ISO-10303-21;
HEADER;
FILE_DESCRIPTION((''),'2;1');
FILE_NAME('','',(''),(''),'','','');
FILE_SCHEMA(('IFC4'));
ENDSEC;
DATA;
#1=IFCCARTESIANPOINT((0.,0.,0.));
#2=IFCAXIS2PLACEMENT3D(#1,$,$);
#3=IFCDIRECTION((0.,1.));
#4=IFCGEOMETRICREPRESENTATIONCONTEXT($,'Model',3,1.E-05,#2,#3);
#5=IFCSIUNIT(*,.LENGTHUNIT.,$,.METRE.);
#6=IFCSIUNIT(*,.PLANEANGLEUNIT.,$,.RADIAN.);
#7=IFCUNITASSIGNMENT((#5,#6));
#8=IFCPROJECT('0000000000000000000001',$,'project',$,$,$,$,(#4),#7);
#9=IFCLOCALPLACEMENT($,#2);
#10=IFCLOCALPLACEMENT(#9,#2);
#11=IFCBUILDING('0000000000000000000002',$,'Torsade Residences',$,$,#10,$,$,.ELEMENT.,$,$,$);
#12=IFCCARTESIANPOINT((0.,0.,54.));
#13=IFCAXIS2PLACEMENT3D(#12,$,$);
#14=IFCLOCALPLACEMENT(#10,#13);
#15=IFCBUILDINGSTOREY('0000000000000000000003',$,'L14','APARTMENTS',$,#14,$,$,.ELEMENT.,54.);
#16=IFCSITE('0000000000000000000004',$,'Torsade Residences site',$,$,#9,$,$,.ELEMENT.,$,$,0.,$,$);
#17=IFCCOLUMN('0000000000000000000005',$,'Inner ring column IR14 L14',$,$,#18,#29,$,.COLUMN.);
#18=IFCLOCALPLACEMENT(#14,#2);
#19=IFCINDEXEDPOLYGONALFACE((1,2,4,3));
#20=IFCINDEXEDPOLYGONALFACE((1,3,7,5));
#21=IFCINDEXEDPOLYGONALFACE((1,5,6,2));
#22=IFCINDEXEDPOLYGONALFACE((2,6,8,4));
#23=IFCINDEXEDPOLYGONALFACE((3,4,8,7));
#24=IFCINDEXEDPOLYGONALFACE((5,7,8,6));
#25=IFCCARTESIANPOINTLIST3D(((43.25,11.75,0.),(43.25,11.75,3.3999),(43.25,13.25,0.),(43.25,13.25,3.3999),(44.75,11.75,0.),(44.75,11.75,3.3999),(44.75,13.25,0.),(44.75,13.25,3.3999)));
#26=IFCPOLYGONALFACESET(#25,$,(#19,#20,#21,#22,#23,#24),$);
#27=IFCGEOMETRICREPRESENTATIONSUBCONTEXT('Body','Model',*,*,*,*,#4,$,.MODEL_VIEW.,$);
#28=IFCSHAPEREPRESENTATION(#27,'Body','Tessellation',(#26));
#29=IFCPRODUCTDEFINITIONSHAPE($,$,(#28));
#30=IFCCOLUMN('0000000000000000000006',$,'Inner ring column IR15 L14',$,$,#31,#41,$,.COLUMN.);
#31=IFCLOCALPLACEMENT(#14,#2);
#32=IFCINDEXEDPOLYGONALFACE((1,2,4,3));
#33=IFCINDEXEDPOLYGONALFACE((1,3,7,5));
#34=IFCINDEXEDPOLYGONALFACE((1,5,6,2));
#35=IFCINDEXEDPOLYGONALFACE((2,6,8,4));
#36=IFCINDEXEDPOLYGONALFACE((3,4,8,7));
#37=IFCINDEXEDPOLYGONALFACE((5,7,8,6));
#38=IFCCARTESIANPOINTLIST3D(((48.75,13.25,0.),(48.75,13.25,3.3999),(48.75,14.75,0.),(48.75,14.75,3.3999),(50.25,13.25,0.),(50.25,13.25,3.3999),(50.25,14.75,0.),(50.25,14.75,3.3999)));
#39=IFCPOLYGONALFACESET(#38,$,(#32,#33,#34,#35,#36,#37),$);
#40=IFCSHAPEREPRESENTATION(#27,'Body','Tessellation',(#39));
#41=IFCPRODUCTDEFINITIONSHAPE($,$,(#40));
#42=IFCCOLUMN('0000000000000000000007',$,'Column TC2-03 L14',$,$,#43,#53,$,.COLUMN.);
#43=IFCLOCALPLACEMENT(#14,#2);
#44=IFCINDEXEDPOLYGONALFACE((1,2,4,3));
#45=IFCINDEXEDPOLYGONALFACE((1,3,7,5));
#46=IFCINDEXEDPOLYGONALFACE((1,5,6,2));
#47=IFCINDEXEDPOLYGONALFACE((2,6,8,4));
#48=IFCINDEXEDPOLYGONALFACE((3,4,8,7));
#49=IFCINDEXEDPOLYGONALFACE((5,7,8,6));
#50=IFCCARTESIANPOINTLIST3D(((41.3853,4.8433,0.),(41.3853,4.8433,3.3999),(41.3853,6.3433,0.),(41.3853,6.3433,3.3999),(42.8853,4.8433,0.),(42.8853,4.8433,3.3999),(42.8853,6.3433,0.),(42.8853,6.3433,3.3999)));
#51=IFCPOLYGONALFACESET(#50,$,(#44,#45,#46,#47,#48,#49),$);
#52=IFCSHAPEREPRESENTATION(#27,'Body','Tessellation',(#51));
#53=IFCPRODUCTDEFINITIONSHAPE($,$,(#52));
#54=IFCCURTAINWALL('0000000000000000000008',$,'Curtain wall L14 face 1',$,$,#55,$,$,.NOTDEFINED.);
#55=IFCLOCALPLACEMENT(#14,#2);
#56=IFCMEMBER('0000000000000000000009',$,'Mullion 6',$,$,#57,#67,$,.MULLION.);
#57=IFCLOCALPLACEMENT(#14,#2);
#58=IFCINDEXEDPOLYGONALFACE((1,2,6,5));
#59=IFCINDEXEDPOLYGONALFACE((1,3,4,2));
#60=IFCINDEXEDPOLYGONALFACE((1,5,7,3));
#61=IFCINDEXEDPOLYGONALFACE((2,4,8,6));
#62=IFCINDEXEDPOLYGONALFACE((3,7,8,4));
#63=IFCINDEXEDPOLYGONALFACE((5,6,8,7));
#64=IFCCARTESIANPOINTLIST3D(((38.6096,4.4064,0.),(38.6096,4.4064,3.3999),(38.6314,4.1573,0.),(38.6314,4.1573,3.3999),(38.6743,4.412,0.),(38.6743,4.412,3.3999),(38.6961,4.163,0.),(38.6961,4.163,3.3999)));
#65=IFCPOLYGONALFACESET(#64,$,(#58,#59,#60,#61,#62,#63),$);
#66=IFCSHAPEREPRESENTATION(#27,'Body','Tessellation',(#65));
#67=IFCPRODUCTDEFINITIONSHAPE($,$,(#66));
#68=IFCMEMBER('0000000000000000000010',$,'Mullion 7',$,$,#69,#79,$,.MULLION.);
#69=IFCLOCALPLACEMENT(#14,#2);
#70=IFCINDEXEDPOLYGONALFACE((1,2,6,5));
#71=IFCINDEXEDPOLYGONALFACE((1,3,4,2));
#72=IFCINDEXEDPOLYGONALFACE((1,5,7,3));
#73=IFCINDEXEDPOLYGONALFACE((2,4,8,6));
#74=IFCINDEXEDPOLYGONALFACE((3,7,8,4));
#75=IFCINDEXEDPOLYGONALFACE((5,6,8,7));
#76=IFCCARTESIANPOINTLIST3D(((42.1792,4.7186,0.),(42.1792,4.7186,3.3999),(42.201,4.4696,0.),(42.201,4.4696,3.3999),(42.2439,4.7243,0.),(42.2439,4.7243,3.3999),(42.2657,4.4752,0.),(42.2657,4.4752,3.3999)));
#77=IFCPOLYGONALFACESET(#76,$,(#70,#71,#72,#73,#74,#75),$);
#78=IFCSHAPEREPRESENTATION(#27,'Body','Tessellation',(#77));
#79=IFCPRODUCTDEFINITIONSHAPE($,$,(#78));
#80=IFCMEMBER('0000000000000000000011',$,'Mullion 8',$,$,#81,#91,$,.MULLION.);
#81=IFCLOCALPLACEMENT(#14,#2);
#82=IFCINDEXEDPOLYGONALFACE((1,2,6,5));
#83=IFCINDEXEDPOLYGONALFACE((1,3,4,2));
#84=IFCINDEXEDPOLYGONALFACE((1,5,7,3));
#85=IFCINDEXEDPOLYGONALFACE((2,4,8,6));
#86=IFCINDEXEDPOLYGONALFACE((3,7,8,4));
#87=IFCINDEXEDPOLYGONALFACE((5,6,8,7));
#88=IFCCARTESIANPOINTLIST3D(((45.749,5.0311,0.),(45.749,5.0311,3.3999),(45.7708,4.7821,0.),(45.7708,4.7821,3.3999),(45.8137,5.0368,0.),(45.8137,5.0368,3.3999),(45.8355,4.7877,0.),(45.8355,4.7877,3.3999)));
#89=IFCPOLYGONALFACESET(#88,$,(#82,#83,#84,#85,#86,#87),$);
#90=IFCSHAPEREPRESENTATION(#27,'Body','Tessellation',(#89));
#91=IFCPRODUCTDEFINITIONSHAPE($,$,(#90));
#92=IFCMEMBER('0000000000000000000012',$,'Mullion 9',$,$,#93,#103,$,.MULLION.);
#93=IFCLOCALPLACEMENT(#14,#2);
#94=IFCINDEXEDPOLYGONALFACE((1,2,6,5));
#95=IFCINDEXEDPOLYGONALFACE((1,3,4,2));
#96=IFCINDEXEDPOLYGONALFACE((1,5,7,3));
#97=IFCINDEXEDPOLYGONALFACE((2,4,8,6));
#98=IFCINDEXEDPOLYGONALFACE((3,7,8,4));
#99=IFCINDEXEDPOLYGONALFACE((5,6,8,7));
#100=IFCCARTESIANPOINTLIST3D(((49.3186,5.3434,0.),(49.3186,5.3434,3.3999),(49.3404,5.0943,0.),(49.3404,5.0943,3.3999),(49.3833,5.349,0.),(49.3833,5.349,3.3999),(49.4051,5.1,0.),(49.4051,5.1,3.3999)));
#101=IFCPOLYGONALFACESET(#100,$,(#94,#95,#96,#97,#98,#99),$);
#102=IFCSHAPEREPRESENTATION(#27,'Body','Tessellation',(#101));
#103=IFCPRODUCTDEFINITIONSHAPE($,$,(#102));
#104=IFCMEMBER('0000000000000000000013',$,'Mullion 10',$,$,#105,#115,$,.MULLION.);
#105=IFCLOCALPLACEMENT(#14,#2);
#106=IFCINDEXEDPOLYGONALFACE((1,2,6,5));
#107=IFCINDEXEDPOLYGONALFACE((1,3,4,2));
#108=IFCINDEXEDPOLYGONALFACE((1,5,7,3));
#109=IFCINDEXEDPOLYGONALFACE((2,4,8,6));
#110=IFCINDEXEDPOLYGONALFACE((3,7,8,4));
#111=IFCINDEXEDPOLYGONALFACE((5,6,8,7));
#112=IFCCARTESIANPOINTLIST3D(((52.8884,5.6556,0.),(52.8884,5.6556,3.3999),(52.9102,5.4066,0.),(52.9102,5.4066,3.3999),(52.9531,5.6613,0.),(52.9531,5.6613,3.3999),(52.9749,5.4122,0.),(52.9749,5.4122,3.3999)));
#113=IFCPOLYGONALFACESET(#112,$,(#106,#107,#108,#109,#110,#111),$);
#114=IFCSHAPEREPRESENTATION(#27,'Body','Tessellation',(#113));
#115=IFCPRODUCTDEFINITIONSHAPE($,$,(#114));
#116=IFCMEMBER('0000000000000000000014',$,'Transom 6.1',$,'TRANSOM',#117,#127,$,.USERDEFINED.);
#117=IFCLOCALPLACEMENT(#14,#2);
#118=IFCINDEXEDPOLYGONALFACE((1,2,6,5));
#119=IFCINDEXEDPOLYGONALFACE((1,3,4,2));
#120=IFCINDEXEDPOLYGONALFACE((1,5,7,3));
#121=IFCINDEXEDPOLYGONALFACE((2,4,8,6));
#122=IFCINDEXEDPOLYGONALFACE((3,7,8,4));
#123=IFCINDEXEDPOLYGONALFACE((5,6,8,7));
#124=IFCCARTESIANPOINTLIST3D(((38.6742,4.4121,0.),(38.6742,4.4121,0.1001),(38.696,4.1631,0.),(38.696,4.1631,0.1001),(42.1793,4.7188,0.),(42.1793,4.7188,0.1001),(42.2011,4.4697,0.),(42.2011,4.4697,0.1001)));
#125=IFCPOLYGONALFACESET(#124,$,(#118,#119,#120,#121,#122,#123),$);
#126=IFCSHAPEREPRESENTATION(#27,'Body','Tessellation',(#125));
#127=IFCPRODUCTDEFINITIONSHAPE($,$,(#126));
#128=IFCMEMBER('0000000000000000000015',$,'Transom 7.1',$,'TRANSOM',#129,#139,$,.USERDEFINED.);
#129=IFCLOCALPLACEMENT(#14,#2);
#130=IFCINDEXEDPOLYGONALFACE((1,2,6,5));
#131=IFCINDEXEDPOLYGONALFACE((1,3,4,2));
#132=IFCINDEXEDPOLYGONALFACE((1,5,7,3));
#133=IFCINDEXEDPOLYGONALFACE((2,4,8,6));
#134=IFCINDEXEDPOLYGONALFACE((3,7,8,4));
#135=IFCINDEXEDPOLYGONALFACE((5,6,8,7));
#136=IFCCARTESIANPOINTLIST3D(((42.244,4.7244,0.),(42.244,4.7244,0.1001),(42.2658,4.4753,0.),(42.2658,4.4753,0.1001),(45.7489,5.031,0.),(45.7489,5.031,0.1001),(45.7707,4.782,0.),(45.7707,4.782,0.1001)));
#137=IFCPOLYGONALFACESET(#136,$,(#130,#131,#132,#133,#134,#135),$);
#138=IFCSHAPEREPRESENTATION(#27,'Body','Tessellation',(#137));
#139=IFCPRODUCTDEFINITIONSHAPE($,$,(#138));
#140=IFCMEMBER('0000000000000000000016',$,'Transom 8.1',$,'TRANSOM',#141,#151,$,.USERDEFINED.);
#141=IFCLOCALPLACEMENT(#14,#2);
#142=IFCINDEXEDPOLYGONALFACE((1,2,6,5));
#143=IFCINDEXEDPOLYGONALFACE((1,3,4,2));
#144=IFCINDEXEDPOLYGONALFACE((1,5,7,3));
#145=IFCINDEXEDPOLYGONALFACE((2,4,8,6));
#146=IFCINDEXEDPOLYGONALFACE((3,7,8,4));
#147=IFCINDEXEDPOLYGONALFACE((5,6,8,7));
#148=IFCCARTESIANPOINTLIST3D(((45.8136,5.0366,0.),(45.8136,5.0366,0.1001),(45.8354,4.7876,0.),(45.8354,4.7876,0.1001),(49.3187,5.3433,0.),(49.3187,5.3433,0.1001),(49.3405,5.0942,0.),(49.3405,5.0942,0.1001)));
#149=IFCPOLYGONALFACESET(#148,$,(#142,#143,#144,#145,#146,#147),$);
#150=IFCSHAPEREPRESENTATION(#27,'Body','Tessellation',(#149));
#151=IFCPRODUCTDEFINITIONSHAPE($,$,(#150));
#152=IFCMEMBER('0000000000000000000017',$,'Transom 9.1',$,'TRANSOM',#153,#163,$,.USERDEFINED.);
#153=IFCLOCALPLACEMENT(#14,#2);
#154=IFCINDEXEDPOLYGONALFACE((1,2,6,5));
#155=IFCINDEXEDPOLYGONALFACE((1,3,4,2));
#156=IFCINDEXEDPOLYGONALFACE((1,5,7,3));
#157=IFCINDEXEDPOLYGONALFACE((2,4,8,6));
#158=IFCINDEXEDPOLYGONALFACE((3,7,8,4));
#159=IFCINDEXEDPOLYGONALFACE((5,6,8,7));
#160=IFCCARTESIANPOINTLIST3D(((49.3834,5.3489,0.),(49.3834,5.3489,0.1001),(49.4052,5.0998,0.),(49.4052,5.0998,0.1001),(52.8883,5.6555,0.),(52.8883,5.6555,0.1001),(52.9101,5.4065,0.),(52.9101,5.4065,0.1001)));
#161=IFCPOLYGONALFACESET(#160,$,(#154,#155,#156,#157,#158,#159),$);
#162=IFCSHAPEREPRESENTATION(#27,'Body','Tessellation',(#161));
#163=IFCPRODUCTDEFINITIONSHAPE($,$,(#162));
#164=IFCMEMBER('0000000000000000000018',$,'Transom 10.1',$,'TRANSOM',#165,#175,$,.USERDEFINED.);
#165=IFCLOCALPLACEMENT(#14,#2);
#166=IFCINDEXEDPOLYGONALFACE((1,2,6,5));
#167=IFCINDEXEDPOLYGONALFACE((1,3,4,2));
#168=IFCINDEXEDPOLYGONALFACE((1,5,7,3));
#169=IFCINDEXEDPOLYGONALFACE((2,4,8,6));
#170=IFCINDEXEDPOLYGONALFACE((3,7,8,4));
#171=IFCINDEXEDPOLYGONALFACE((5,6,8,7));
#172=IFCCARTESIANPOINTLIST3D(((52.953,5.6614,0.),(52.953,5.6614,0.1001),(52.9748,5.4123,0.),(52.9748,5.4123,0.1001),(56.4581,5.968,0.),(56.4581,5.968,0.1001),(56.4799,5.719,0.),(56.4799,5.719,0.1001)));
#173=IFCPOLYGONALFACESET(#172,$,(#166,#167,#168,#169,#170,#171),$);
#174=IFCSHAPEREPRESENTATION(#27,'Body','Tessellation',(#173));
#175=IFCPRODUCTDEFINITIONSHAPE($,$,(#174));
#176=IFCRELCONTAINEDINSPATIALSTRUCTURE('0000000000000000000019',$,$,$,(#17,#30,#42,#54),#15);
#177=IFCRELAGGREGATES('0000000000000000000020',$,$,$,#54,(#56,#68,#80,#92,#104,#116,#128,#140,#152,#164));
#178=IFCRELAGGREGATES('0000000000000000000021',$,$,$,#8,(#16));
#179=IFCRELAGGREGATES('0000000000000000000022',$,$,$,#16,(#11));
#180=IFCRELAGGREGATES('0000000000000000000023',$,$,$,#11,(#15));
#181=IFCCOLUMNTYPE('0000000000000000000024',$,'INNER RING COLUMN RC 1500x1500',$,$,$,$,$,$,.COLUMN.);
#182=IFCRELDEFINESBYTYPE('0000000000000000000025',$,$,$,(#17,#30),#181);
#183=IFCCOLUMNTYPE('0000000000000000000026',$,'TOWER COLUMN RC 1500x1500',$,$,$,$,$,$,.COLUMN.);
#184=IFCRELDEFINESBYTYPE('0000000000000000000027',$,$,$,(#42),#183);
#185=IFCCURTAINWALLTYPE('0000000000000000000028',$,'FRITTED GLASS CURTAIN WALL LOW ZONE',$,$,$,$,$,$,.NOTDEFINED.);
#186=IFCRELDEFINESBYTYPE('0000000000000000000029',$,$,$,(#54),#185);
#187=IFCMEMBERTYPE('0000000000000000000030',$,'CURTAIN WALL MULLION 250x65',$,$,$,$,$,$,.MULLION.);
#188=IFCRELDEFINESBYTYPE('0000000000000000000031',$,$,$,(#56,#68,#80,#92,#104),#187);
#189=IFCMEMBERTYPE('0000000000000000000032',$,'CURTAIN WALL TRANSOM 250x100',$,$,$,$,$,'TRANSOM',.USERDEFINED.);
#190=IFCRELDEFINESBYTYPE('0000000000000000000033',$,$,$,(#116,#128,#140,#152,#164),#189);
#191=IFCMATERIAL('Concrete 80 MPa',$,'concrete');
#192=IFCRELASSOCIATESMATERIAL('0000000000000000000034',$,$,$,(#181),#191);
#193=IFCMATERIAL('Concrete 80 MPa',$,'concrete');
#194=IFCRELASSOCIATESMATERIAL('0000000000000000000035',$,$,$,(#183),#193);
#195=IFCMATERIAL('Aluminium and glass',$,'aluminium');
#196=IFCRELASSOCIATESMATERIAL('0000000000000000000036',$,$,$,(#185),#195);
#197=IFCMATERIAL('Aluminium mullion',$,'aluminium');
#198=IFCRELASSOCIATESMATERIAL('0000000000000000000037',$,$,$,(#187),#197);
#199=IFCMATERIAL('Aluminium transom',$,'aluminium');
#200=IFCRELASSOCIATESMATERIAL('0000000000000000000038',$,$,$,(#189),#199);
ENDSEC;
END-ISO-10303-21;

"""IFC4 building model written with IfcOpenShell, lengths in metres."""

from ifc_helpers import new_model, si_unit, direction, frame, origin, origin_2d, place, context, subcontext, project, spatial, rectangle, extrude, material, material_profile, profile_set, type_object, element, aggregate, save


model = new_model("IFC4")

# Units and contexts
model_context = context("Model", 3, precision=1e-05, world=origin(), true_north=direction((0.0, 1.0)))
body_context = subcontext(model_context, "Body", "Model", "MODEL_VIEW")
ifc_project = project(units=[si_unit("LENGTHUNIT", "METRE"), si_unit("PLANEANGLEUNIT", "RADIAN")], contexts=[model_context])

# Site, building, storey
site_placement = place(None, origin())
site = spatial("IfcSite", under=ifc_project, at=site_placement, Name="Torsade Residences site", CompositionType="ELEMENT", RefElevation=0.0)
building_placement = place(site_placement, origin())
building = spatial("IfcBuilding", under=site, at=building_placement, Name="Torsade Residences", CompositionType="ELEMENT")
storey_placement = place(building_placement, frame((0.0, 0.0, 54.0)))
storey = spatial("IfcBuildingStorey", under=building, at=storey_placement, Name="L14", Description="APARTMENTS", CompositionType="ELEMENT", Elevation=54.0)

# Columns
ifc_material_1 = material(Name="Concrete 80 MPa", Category="concrete")
ifc_material_profile_1 = material_profile(ifc_material_1, rectangle(XDim=1.5, YDim=1.5, at=origin_2d()), Name="RC 1500x1500")
ifc_profile_set_1 = profile_set([ifc_material_profile_1], Name="Concrete 80 MPa")
column_type_1 = type_object("IfcColumnType", Name="INNER RING COLUMN RC 1500x1500", PredefinedType="COLUMN", material=ifc_profile_set_1)
for number, where, z_axis, x_axis, name in (
    (1, (44.0, 12.5, 0.0), (0.0, 0.0, 1.0), (1.0, 0.0, 0.0), "Inner ring column IR14 L14"),
    (2, (49.5, 14.0, 0.0), (0.0, 0.0, 1.0), (1.0, 0.0, 0.0), "Inner ring column IR15 L14"),
):
    element("IfcColumn", number, at=place(storey_placement, frame(where, z_axis=z_axis, x_axis=x_axis)), inside=storey, type_object=column_type_1, Name=name, PredefinedType="COLUMN", context=body_context, shape_type="SweptSolid", body=[
        extrude(rectangle(XDim=1.5, YDim=1.5, at=origin_2d()), origin(), (0.0, 0.0, 1.0), 3.3999),
    ])
ifc_material_2 = material(Name="Concrete 80 MPa", Category="concrete")
ifc_material_profile_2 = material_profile(ifc_material_2, rectangle(XDim=1.5, YDim=1.5, at=origin_2d()), Name="RC 1500x1500")
ifc_profile_set_2 = profile_set([ifc_material_profile_2], Name="Concrete 80 MPa")
column_type_2 = type_object("IfcColumnType", Name="TOWER COLUMN RC 1500x1500", PredefinedType="COLUMN", material=ifc_profile_set_2)
column_placement = place(storey_placement, frame((42.1353, 5.5933, 0.0), z_axis=(0.0, 0.0, 1.0), x_axis=(1.0, 0.0, 0.0)))
element("IfcColumn", 3, at=column_placement, inside=storey, type_object=column_type_2, Name="Column TC2-03 L14", PredefinedType="COLUMN", context=body_context, shape_type="SweptSolid", body=[
    extrude(rectangle(XDim=1.5, YDim=1.5, at=origin_2d()), origin(), (0.0, 0.0, 1.0), 3.3999),
])

# Curtain wall, members
ifc_material_3 = material(Name="Aluminium and glass", Category="aluminium")
curtain_wall_type = type_object("IfcCurtainWallType", Name="FRITTED GLASS CURTAIN WALL LOW ZONE", PredefinedType="NOTDEFINED", material=ifc_material_3)
curtain_wall_placement = place(storey_placement, origin())
curtain_wall = element("IfcCurtainWall", 4, at=curtain_wall_placement, inside=storey, type_object=curtain_wall_type, Name="Curtain wall L14 face 1", PredefinedType="NOTDEFINED")
ifc_material_4 = material(Name="Aluminium mullion", Category="aluminium")
ifc_material_profile_3 = material_profile(ifc_material_4, rectangle(XDim=0.25, YDim=0.0649, at=origin_2d()), Name="CURTAIN WALL MULLION 250x65")
ifc_profile_set_3 = profile_set([ifc_material_profile_3], Name="Aluminium mullion")
member_type_1 = type_object("IfcMemberType", Name="CURTAIN WALL MULLION 250x65", PredefinedType="MULLION", material=ifc_profile_set_3)
member_1_placement = place(storey_placement, frame((38.6528, 4.2847, 0.0), z_axis=(0.0, 0.0, 1.0), x_axis=(-0.087156, 0.996195, 0.0)))
member_1 = element("IfcMember", 5, at=member_1_placement, type_object=member_type_1, Name="Mullion 6", PredefinedType="MULLION", context=body_context, shape_type="SweptSolid", body=[
    extrude(rectangle(XDim=0.25, YDim=0.0649, at=origin_2d()), origin(), (0.0, 0.0, 1.0), 3.3999),
])
member_2_placement = place(storey_placement, frame((42.2224, 4.5969, 0.0), z_axis=(0.0, 0.0, 1.0), x_axis=(-0.087156, 0.996195, 0.0)))
member_2 = element("IfcMember", 6, at=member_2_placement, type_object=member_type_1, Name="Mullion 7", PredefinedType="MULLION", context=body_context, shape_type="SweptSolid", body=[
    extrude(rectangle(XDim=0.25, YDim=0.0649, at=origin_2d()), origin(), (0.0, 0.0, 1.0), 3.3999),
])
member_3_placement = place(storey_placement, frame((45.7922, 4.9094, 0.0), z_axis=(0.0, 0.0, 1.0), x_axis=(-0.087156, 0.996195, 0.0)))
member_3 = element("IfcMember", 7, at=member_3_placement, type_object=member_type_1, Name="Mullion 8", PredefinedType="MULLION", context=body_context, shape_type="SweptSolid", body=[
    extrude(rectangle(XDim=0.25, YDim=0.0649, at=origin_2d()), origin(), (0.0, 0.0, 1.0), 3.3999),
])
member_4_placement = place(storey_placement, frame((49.3618, 5.2217, 0.0), z_axis=(0.0, 0.0, 1.0), x_axis=(-0.087156, 0.996195, 0.0)))
member_4 = element("IfcMember", 8, at=member_4_placement, type_object=member_type_1, Name="Mullion 9", PredefinedType="MULLION", context=body_context, shape_type="SweptSolid", body=[
    extrude(rectangle(XDim=0.25, YDim=0.0649, at=origin_2d()), origin(), (0.0, 0.0, 1.0), 3.3999),
])
member_5_placement = place(storey_placement, frame((52.9316, 5.5339, 0.0), z_axis=(0.0, 0.0, 1.0), x_axis=(-0.087156, 0.996195, 0.0)))
member_5 = element("IfcMember", 9, at=member_5_placement, type_object=member_type_1, Name="Mullion 10", PredefinedType="MULLION", context=body_context, shape_type="SweptSolid", body=[
    extrude(rectangle(XDim=0.25, YDim=0.0649, at=origin_2d()), origin(), (0.0, 0.0, 1.0), 3.3999),
])
ifc_material_5 = material(Name="Aluminium transom", Category="aluminium")
ifc_material_profile_4 = material_profile(ifc_material_5, rectangle(XDim=0.25, YDim=0.1001, at=origin_2d()), Name="CURTAIN WALL TRANSOM 250x100")
ifc_profile_set_4 = profile_set([ifc_material_profile_4], Name="Aluminium transom")
member_type_2 = type_object("IfcMemberType", Name="CURTAIN WALL TRANSOM 250x100", ElementType="TRANSOM", PredefinedType="USERDEFINED", material=ifc_profile_set_4)
member_6_placement = place(storey_placement, frame((38.6851, 4.2876, 0.05), z_axis=(0.996195, 0.087151, 0.0), x_axis=(-0.087151, 0.996195, 0.0)))
member_6 = element("IfcMember", 10, at=member_6_placement, type_object=member_type_2, Name="Transom 6.1", ObjectType="TRANSOM", PredefinedType="USERDEFINED", context=body_context, shape_type="SweptSolid", body=[
    extrude(rectangle(XDim=0.25, YDim=0.1001, at=origin_2d()), origin(), (0.0, 0.0, 1.0), 3.5186),
])
member_7_placement = place(storey_placement, frame((42.2549, 4.5999, 0.05), z_axis=(0.996195, 0.087157, 0.0), x_axis=(-0.087157, 0.996195, 0.0)))
member_7 = element("IfcMember", 11, at=member_7_placement, type_object=member_type_2, Name="Transom 7.1", ObjectType="TRANSOM", PredefinedType="USERDEFINED", context=body_context, shape_type="SweptSolid", body=[
    extrude(rectangle(XDim=0.25, YDim=0.1001, at=origin_2d()), origin(), (0.0, 0.0, 1.0), 3.5183),
])
member_8_placement = place(storey_placement, frame((45.8245, 4.9121, 0.05), z_axis=(0.996195, 0.087151, 0.0), x_axis=(-0.087151, 0.996195, 0.0)))
member_8 = element("IfcMember", 12, at=member_8_placement, type_object=member_type_2, Name="Transom 8.1", ObjectType="TRANSOM", PredefinedType="USERDEFINED", context=body_context, shape_type="SweptSolid", body=[
    extrude(rectangle(XDim=0.25, YDim=0.1001, at=origin_2d()), origin(), (0.0, 0.0, 1.0), 3.5186),
])
member_9_placement = place(storey_placement, frame((49.3943, 5.2244, 0.05), z_axis=(0.996195, 0.087157, 0.0), x_axis=(-0.087157, 0.996195, 0.0)))
member_9 = element("IfcMember", 13, at=member_9_placement, type_object=member_type_2, Name="Transom 9.1", ObjectType="TRANSOM", PredefinedType="USERDEFINED", context=body_context, shape_type="SweptSolid", body=[
    extrude(rectangle(XDim=0.25, YDim=0.1001, at=origin_2d()), origin(), (0.0, 0.0, 1.0), 3.5183),
])
member_10_placement = place(storey_placement, frame((52.9639, 5.5369, 0.05), z_axis=(0.996195, 0.087151, 0.0), x_axis=(-0.087151, 0.996195, 0.0)))
member_10 = element("IfcMember", 14, at=member_10_placement, type_object=member_type_2, Name="Transom 10.1", ObjectType="TRANSOM", PredefinedType="USERDEFINED", context=body_context, shape_type="SweptSolid", body=[
    extrude(rectangle(XDim=0.25, YDim=0.1001, at=origin_2d()), origin(), (0.0, 0.0, 1.0), 3.5186),
])

aggregate(curtain_wall, [member_1, member_2, member_3, member_4, member_5, member_6, member_7, member_8, member_9, member_10])

save(model, "model.ifc")
